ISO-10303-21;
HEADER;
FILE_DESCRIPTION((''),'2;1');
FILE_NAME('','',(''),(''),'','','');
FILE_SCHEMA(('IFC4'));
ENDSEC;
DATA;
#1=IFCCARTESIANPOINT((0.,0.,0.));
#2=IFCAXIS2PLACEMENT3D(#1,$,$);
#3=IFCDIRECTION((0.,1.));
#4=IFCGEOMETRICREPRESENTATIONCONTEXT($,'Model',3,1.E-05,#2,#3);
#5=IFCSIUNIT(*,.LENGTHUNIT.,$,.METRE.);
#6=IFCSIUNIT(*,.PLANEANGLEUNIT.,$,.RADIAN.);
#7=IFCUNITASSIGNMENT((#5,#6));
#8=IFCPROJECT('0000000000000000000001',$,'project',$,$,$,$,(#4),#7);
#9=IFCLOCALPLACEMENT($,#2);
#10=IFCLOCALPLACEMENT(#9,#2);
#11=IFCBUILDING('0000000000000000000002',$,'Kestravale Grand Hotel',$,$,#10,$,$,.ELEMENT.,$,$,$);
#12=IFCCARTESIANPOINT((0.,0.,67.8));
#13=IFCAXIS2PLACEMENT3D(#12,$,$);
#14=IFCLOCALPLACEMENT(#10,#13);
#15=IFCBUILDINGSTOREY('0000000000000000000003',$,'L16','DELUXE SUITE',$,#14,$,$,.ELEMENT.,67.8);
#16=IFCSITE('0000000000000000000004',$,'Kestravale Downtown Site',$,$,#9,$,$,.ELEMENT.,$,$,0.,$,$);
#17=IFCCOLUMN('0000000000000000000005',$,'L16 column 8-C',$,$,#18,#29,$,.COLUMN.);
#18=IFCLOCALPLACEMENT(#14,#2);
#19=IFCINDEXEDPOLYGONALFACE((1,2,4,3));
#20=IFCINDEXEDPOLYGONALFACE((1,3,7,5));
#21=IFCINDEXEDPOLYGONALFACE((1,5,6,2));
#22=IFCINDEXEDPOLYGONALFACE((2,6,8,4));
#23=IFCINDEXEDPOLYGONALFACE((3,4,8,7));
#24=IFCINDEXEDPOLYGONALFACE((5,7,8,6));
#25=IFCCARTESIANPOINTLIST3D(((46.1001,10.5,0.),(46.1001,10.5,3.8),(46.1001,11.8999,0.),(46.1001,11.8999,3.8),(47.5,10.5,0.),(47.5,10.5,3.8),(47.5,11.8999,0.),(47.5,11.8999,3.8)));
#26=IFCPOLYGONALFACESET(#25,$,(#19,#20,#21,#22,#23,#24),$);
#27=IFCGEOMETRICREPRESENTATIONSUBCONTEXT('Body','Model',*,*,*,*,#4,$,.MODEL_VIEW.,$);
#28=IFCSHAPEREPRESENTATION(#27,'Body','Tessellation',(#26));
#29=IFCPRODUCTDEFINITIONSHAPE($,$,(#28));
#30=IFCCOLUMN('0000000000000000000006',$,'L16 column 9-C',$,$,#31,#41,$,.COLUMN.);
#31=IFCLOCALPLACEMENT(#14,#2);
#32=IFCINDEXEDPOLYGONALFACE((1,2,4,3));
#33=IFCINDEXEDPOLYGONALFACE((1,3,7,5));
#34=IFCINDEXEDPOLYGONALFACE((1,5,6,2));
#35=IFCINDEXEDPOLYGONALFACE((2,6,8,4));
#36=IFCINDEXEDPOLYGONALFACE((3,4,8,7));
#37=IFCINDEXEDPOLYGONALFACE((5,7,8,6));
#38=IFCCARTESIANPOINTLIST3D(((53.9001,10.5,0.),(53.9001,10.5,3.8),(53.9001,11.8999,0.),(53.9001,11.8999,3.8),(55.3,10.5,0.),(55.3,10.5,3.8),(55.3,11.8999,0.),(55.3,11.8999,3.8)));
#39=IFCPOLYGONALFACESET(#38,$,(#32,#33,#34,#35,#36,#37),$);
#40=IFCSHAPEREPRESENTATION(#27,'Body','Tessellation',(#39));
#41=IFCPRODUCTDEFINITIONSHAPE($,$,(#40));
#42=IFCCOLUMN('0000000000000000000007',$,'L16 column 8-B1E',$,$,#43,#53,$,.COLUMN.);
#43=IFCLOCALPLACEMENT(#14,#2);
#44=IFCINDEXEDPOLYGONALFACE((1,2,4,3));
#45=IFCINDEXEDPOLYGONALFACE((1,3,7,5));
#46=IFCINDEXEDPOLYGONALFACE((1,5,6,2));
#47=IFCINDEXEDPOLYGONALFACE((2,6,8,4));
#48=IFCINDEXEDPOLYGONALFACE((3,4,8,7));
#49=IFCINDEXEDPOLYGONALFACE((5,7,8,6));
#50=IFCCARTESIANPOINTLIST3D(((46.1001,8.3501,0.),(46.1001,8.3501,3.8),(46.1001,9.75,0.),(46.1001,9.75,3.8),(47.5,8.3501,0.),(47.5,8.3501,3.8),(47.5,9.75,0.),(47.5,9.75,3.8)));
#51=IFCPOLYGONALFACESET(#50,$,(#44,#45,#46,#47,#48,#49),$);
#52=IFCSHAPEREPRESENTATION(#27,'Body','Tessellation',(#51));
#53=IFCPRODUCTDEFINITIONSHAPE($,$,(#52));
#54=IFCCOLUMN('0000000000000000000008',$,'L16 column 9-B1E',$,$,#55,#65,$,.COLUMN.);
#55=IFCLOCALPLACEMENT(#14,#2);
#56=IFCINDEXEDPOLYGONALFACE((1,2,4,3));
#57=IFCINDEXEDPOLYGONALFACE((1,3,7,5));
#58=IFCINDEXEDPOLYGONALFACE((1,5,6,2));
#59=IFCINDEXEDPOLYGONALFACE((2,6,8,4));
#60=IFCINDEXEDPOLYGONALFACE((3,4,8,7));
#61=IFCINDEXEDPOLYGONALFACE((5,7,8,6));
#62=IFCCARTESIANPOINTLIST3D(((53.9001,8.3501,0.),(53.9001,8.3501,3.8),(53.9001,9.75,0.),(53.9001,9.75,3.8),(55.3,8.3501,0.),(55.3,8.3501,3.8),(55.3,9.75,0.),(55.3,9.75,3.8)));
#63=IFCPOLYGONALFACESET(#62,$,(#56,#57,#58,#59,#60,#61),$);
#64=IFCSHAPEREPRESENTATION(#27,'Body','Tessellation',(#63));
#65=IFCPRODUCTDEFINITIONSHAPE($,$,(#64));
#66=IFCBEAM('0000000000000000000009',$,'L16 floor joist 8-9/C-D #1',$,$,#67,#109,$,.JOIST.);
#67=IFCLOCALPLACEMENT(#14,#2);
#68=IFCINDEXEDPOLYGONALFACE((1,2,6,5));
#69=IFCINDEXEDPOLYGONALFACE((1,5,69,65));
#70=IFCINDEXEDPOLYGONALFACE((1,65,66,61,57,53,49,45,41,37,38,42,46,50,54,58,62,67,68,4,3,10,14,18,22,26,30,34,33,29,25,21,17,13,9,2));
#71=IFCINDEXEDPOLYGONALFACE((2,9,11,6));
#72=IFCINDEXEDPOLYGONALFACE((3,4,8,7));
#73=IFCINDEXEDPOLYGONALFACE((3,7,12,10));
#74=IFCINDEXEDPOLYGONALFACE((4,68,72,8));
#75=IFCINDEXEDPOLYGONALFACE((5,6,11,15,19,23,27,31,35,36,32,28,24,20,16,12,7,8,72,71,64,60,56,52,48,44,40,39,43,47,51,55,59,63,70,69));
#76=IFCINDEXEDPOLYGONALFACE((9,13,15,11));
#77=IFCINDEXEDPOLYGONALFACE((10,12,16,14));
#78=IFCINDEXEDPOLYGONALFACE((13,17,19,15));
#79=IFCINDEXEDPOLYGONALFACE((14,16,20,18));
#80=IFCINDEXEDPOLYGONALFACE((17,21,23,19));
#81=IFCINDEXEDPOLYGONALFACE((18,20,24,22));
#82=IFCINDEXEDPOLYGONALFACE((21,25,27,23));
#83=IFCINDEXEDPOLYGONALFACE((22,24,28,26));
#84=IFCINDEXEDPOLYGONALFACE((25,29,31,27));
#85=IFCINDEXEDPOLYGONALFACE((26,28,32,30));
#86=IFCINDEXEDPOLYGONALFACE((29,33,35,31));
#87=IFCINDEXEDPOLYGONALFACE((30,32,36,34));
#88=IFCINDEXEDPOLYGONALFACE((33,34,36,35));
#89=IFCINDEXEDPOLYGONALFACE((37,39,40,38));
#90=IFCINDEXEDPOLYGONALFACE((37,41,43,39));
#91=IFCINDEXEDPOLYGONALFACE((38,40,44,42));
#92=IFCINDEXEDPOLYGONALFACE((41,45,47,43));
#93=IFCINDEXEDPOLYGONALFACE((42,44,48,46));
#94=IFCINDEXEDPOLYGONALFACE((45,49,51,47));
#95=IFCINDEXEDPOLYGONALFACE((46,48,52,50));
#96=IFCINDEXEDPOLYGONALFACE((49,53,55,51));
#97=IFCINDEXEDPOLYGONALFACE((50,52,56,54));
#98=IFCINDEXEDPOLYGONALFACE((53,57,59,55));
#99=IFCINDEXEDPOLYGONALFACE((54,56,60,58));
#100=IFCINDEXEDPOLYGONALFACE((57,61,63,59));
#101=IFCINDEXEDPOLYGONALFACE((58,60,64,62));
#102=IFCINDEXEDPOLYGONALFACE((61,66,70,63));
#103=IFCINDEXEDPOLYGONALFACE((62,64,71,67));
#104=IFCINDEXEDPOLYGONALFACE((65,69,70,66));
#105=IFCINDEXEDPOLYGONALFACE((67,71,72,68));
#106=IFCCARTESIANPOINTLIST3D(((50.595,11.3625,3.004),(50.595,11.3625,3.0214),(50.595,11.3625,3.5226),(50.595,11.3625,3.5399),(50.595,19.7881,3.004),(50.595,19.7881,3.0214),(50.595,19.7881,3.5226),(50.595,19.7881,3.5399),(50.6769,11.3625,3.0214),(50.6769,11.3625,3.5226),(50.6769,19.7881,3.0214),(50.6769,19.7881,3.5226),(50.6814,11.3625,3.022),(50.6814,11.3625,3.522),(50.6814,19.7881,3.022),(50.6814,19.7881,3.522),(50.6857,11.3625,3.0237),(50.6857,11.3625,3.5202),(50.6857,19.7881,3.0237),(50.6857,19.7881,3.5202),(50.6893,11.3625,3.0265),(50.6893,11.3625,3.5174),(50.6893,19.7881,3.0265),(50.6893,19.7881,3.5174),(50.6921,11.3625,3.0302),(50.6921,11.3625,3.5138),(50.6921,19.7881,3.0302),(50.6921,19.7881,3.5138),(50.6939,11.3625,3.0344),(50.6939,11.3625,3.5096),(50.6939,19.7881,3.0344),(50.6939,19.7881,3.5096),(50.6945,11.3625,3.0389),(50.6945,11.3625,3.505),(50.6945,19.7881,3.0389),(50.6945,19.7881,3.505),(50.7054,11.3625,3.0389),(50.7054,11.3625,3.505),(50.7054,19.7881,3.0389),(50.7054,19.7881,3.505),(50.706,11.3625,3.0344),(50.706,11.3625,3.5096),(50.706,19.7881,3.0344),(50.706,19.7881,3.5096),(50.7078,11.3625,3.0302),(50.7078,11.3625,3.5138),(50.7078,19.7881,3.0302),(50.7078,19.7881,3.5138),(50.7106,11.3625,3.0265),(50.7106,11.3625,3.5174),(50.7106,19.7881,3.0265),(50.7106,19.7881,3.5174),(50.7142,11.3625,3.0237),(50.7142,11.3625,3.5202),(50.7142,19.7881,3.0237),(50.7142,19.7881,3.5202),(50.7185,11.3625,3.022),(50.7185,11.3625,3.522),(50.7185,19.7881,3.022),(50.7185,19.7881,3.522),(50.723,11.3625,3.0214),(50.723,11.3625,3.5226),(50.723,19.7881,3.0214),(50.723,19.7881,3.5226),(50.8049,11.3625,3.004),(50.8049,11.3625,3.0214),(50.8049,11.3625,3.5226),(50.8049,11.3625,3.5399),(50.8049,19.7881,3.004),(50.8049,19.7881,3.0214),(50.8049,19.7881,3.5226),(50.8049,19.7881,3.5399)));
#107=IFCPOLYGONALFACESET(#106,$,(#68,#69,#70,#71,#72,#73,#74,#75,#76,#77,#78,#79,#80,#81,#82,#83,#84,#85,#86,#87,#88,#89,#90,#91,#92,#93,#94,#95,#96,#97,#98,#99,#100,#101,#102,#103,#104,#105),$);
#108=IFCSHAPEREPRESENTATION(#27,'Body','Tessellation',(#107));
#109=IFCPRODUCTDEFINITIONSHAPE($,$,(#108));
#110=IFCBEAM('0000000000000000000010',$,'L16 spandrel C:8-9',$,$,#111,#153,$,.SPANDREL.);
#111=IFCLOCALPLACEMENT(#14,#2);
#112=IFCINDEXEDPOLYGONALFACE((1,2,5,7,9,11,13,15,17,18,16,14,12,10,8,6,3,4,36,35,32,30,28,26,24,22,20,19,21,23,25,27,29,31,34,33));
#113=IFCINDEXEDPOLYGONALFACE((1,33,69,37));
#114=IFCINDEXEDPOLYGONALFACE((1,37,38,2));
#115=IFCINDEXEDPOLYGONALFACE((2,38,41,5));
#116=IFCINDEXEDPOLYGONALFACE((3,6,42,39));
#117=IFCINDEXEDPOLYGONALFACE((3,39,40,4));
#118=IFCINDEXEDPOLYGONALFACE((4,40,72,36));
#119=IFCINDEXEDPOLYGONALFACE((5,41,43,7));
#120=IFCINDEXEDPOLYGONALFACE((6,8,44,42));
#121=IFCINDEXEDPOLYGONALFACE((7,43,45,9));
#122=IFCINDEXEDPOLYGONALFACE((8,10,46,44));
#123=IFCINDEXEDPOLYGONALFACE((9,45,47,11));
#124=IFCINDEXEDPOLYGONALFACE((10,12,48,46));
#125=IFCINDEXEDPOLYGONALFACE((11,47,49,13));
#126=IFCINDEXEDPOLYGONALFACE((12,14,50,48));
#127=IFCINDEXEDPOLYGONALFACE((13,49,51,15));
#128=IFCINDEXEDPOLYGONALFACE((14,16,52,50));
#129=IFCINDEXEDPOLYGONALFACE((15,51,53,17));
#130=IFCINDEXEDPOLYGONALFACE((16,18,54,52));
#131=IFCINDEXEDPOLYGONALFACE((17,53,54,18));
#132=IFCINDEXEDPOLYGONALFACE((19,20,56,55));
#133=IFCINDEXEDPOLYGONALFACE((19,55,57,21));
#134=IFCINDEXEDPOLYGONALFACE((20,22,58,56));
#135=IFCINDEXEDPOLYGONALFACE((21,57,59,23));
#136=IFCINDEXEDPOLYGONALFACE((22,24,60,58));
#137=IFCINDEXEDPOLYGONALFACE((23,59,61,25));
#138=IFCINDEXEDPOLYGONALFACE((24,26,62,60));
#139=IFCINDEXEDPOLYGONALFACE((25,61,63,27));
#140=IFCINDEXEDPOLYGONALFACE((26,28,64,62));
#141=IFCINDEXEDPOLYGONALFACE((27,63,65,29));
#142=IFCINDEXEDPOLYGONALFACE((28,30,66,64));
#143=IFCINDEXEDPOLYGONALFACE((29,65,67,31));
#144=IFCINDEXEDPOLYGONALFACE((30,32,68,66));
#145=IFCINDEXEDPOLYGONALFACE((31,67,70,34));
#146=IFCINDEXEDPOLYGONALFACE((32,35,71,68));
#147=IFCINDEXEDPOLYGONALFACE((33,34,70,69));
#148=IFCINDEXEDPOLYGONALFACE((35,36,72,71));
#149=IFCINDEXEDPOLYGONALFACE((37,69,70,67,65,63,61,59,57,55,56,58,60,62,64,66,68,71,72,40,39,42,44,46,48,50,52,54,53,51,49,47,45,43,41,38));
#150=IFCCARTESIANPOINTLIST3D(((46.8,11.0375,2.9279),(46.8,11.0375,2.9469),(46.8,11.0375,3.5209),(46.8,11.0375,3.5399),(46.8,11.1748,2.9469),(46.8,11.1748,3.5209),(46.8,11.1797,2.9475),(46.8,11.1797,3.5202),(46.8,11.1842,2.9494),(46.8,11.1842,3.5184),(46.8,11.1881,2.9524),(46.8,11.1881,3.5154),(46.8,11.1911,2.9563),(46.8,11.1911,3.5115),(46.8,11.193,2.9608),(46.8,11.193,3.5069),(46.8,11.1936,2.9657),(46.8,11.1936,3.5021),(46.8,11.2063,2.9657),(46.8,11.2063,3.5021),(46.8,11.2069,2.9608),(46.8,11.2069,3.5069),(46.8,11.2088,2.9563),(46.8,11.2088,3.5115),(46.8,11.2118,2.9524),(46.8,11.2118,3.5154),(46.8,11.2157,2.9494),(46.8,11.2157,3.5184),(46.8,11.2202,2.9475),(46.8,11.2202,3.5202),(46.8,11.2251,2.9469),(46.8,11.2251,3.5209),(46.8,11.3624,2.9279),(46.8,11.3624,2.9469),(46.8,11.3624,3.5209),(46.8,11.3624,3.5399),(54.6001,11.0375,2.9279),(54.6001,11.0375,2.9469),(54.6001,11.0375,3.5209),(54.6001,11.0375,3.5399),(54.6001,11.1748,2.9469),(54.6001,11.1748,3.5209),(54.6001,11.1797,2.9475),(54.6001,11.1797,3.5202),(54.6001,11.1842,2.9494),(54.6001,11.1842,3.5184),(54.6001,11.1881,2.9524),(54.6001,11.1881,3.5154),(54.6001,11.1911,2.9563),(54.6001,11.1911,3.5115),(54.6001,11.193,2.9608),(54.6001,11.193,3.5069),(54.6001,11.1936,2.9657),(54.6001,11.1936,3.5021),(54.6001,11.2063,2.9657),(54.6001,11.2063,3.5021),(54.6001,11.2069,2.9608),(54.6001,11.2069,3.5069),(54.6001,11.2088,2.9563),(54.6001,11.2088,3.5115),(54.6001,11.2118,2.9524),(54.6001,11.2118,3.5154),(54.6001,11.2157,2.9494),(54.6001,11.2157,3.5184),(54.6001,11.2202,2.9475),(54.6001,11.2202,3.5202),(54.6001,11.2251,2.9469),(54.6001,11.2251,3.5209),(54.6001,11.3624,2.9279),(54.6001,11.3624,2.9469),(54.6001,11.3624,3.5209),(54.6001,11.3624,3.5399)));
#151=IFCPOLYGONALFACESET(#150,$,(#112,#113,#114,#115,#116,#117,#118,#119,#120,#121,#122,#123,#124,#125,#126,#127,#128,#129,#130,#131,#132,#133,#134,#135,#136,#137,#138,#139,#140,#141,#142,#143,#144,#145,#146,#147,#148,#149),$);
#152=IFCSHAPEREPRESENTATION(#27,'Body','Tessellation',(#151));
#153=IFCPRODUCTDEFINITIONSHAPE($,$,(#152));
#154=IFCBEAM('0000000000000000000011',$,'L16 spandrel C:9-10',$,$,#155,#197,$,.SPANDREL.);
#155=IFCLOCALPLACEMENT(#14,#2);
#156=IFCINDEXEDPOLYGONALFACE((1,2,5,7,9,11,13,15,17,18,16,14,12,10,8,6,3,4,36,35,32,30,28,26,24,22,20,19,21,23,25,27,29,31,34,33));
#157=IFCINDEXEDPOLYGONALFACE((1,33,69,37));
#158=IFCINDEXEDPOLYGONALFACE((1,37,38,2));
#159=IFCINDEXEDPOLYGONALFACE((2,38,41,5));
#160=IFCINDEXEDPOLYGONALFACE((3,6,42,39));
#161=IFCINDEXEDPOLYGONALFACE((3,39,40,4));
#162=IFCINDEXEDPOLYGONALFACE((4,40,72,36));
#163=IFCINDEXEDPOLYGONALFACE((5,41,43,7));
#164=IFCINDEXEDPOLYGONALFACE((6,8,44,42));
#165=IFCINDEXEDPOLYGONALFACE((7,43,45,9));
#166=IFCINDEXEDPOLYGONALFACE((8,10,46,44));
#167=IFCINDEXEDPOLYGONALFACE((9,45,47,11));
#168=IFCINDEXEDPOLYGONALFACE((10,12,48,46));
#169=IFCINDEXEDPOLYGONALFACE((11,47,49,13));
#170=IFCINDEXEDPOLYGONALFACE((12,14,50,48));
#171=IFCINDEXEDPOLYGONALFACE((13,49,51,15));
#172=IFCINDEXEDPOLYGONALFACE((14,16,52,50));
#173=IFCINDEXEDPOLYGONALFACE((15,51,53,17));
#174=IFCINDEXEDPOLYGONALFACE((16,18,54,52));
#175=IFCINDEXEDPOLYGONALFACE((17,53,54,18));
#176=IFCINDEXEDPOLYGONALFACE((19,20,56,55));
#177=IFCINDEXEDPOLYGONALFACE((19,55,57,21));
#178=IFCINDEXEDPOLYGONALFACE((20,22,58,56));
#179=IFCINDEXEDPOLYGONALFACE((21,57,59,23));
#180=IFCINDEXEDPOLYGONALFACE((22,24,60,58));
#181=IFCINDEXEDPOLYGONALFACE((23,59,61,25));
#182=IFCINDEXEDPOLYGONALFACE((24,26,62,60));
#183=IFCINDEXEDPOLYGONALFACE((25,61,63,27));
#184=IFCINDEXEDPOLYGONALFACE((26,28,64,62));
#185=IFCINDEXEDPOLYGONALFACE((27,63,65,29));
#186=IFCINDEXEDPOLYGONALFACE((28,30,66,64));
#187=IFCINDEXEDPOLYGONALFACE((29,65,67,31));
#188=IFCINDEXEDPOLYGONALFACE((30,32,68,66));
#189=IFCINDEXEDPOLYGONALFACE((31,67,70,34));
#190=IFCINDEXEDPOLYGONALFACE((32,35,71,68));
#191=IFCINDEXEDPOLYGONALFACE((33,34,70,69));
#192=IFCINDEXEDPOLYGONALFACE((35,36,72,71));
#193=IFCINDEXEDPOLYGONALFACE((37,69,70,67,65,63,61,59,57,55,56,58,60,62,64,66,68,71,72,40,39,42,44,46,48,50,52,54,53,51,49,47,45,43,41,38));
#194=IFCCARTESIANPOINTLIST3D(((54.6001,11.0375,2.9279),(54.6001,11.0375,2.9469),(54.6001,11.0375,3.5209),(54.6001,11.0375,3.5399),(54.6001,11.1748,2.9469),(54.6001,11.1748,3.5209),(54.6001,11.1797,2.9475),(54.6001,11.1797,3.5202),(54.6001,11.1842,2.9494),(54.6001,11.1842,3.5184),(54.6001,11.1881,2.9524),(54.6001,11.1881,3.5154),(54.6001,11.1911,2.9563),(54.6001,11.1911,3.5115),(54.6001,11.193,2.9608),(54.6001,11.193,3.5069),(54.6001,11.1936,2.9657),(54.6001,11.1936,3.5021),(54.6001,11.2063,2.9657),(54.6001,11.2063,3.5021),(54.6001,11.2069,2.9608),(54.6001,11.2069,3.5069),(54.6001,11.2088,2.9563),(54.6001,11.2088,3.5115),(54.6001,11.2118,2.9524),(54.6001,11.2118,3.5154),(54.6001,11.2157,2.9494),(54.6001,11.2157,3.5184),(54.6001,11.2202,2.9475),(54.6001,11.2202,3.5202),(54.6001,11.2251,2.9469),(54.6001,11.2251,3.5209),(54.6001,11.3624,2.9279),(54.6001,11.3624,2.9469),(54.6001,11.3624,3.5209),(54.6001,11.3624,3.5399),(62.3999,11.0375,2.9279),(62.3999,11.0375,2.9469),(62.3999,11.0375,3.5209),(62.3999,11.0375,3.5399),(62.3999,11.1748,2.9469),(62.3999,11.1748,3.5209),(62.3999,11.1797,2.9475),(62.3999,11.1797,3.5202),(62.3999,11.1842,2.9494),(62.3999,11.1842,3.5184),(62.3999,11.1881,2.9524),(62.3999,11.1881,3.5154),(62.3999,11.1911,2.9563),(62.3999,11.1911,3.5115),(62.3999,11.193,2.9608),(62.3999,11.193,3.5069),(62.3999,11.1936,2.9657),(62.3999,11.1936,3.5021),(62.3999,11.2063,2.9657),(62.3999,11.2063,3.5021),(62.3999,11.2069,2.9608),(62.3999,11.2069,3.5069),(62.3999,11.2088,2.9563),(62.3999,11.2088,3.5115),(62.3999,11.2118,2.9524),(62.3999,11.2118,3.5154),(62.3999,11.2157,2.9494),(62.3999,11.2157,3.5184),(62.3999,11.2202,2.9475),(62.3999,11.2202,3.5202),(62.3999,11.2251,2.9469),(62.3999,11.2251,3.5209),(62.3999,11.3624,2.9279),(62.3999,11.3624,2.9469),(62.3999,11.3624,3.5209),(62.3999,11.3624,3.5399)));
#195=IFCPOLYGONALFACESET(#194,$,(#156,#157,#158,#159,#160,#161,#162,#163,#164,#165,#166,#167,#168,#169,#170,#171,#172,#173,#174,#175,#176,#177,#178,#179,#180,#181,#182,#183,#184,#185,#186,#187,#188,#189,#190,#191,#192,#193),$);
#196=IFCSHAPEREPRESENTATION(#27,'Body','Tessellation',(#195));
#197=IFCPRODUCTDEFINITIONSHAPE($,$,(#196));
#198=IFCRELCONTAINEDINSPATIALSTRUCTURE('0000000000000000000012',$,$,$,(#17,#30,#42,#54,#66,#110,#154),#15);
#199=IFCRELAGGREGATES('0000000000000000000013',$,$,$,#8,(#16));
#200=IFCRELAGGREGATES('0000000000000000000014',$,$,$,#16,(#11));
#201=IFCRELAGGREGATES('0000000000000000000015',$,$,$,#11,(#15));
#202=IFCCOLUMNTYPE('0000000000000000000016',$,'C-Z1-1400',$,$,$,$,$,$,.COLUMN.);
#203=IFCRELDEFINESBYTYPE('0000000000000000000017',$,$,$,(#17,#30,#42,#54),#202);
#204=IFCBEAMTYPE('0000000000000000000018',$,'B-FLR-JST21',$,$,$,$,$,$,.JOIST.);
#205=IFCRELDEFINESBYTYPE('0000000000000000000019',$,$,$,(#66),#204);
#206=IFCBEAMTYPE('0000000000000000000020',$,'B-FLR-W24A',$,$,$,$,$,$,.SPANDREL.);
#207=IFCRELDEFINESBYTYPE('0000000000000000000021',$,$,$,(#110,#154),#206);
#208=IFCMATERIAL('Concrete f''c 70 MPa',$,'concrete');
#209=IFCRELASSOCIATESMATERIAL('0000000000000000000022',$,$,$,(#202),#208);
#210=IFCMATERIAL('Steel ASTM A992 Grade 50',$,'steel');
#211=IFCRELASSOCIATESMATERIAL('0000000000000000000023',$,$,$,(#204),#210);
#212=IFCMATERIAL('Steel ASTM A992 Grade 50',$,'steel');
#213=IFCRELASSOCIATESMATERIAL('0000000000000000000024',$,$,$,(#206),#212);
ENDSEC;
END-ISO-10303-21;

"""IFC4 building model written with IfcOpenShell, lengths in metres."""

from ifc_helpers import new_model, si_unit, direction, frame, origin, origin_2d, place, context, subcontext, project, spatial, rectangle, i_section, extrude, material, material_profile, profile_set, type_object, element, save


model = new_model("IFC4")

# Units and contexts
model_context = context("Model", 3, precision=1e-05, world=origin(), true_north=direction((0.0, 1.0)))
body_context = subcontext(model_context, "Body", "Model", "MODEL_VIEW")
ifc_project = project(units=[si_unit("LENGTHUNIT", "METRE"), si_unit("PLANEANGLEUNIT", "RADIAN")], contexts=[model_context])

# Site, building, storey
site_placement = place(None, origin())
site = spatial("IfcSite", under=ifc_project, at=site_placement, Name="Kestravale Downtown Site", CompositionType="ELEMENT", RefElevation=0.0)
building_placement = place(site_placement, origin())
building = spatial("IfcBuilding", under=site, at=building_placement, Name="Kestravale Grand Hotel", CompositionType="ELEMENT")
storey_placement = place(building_placement, frame((0.0, 0.0, 67.8)))
storey = spatial("IfcBuildingStorey", under=building, at=storey_placement, Name="L16", Description="DELUXE SUITE", CompositionType="ELEMENT", Elevation=67.8)

# Columns
ifc_material_1 = material(Name="Concrete f'c 70 MPa", Category="concrete")
ifc_material_profile_1 = material_profile(ifc_material_1, rectangle(XDim=1.3999, YDim=1.3999, at=origin_2d()))
ifc_profile_set_1 = profile_set([ifc_material_profile_1], Name="Concrete f'c 70 MPa")
column_type = type_object("IfcColumnType", Name="C-Z1-1400", PredefinedType="COLUMN", material=ifc_profile_set_1)
for number, where, z_axis, x_axis, name in (
    (1, (46.8, 11.2, 0.0), (0.0, 0.0, 1.0), (1.0, 0.0, 0.0), "L16 column 8-C"),
    (2, (54.6001, 11.2, 0.0), (0.0, 0.0, 1.0), (1.0, 0.0, 0.0), "L16 column 9-C"),
    (3, (46.8, 9.05, 0.0), (0.0, 0.0, 1.0), (1.0, 0.0, 0.0), "L16 column 8-B1E"),
    (4, (54.6001, 9.05, 0.0), (0.0, 0.0, 1.0), (1.0, 0.0, 0.0), "L16 column 9-B1E"),
):
    element("IfcColumn", number, at=place(storey_placement, frame(where, z_axis=z_axis, x_axis=x_axis)), inside=storey, type_object=column_type, Name=name, PredefinedType="COLUMN", context=body_context, shape_type="SweptSolid", body=[
        extrude(rectangle(XDim=1.3999, YDim=1.3999, at=origin_2d()), origin(), (0.0, 0.0, 1.0), 3.8),
    ])

# Beams
ifc_material_2 = material(Name="Steel ASTM A992 Grade 50", Category="steel")
ifc_material_profile_2 = material_profile(ifc_material_2, i_section(OverallWidth=0.21, OverallDepth=0.5359, WebThickness=0.011, FlangeThickness=0.0173, FilletRadius=0.0176, at=origin_2d()))
ifc_profile_set_2 = profile_set([ifc_material_profile_2], Name="Steel ASTM A992 Grade 50")
beam_type_1 = type_object("IfcBeamType", Name="B-FLR-JST21", PredefinedType="JOIST", material=ifc_profile_set_2)
beam_1_placement = place(storey_placement, frame((50.7, 11.3625, 3.272), z_axis=(0.0, 1.0, 0.0), x_axis=(-1.0, 0.0, 0.0)))
element("IfcBeam", 5, at=beam_1_placement, inside=storey, type_object=beam_type_1, Name="L16 floor joist 8-9/C-D #1", PredefinedType="JOIST", context=body_context, shape_type="SweptSolid", body=[
    extrude(i_section(OverallWidth=0.21, OverallDepth=0.5359, WebThickness=0.011, FlangeThickness=0.0173, FilletRadius=0.0176, at=origin_2d()), origin(), (0.0, 0.0, 1.0), 8.4255),
])
ifc_material_3 = material(Name="Steel ASTM A992 Grade 50", Category="steel")
ifc_material_profile_3 = material_profile(ifc_material_3, i_section(OverallWidth=0.325, OverallDepth=0.6121, WebThickness=0.0127, FlangeThickness=0.019, FilletRadius=0.0188, at=origin_2d()))
ifc_profile_set_3 = profile_set([ifc_material_profile_3], Name="Steel ASTM A992 Grade 50")
beam_type_2 = type_object("IfcBeamType", Name="B-FLR-W24A", PredefinedType="SPANDREL", material=ifc_profile_set_3)
beam_2_placement = place(storey_placement, frame((46.8, 11.2, 3.2339), z_axis=(1.0, 0.0, 0.0), x_axis=(0.0, 1.0, 0.0)))
element("IfcBeam", 6, at=beam_2_placement, inside=storey, type_object=beam_type_2, Name="L16 spandrel C:8-9", PredefinedType="SPANDREL", context=body_context, shape_type="SweptSolid", body=[
    extrude(i_section(OverallWidth=0.325, OverallDepth=0.6121, WebThickness=0.0127, FlangeThickness=0.019, FilletRadius=0.0188, at=origin_2d()), origin(), (0.0, 0.0, 1.0), 7.8),
])
beam_3_placement = place(storey_placement, frame((54.6001, 11.2, 3.2339), z_axis=(1.0, 0.0, 0.0), x_axis=(0.0, 1.0, 0.0)))
element("IfcBeam", 7, at=beam_3_placement, inside=storey, type_object=beam_type_2, Name="L16 spandrel C:9-10", PredefinedType="SPANDREL", context=body_context, shape_type="SweptSolid", body=[
    extrude(i_section(OverallWidth=0.325, OverallDepth=0.6121, WebThickness=0.0127, FlangeThickness=0.019, FilletRadius=0.0188, at=origin_2d()), origin(), (0.0, 0.0, 1.0), 7.7998),
])

save(model, "model.ifc")
